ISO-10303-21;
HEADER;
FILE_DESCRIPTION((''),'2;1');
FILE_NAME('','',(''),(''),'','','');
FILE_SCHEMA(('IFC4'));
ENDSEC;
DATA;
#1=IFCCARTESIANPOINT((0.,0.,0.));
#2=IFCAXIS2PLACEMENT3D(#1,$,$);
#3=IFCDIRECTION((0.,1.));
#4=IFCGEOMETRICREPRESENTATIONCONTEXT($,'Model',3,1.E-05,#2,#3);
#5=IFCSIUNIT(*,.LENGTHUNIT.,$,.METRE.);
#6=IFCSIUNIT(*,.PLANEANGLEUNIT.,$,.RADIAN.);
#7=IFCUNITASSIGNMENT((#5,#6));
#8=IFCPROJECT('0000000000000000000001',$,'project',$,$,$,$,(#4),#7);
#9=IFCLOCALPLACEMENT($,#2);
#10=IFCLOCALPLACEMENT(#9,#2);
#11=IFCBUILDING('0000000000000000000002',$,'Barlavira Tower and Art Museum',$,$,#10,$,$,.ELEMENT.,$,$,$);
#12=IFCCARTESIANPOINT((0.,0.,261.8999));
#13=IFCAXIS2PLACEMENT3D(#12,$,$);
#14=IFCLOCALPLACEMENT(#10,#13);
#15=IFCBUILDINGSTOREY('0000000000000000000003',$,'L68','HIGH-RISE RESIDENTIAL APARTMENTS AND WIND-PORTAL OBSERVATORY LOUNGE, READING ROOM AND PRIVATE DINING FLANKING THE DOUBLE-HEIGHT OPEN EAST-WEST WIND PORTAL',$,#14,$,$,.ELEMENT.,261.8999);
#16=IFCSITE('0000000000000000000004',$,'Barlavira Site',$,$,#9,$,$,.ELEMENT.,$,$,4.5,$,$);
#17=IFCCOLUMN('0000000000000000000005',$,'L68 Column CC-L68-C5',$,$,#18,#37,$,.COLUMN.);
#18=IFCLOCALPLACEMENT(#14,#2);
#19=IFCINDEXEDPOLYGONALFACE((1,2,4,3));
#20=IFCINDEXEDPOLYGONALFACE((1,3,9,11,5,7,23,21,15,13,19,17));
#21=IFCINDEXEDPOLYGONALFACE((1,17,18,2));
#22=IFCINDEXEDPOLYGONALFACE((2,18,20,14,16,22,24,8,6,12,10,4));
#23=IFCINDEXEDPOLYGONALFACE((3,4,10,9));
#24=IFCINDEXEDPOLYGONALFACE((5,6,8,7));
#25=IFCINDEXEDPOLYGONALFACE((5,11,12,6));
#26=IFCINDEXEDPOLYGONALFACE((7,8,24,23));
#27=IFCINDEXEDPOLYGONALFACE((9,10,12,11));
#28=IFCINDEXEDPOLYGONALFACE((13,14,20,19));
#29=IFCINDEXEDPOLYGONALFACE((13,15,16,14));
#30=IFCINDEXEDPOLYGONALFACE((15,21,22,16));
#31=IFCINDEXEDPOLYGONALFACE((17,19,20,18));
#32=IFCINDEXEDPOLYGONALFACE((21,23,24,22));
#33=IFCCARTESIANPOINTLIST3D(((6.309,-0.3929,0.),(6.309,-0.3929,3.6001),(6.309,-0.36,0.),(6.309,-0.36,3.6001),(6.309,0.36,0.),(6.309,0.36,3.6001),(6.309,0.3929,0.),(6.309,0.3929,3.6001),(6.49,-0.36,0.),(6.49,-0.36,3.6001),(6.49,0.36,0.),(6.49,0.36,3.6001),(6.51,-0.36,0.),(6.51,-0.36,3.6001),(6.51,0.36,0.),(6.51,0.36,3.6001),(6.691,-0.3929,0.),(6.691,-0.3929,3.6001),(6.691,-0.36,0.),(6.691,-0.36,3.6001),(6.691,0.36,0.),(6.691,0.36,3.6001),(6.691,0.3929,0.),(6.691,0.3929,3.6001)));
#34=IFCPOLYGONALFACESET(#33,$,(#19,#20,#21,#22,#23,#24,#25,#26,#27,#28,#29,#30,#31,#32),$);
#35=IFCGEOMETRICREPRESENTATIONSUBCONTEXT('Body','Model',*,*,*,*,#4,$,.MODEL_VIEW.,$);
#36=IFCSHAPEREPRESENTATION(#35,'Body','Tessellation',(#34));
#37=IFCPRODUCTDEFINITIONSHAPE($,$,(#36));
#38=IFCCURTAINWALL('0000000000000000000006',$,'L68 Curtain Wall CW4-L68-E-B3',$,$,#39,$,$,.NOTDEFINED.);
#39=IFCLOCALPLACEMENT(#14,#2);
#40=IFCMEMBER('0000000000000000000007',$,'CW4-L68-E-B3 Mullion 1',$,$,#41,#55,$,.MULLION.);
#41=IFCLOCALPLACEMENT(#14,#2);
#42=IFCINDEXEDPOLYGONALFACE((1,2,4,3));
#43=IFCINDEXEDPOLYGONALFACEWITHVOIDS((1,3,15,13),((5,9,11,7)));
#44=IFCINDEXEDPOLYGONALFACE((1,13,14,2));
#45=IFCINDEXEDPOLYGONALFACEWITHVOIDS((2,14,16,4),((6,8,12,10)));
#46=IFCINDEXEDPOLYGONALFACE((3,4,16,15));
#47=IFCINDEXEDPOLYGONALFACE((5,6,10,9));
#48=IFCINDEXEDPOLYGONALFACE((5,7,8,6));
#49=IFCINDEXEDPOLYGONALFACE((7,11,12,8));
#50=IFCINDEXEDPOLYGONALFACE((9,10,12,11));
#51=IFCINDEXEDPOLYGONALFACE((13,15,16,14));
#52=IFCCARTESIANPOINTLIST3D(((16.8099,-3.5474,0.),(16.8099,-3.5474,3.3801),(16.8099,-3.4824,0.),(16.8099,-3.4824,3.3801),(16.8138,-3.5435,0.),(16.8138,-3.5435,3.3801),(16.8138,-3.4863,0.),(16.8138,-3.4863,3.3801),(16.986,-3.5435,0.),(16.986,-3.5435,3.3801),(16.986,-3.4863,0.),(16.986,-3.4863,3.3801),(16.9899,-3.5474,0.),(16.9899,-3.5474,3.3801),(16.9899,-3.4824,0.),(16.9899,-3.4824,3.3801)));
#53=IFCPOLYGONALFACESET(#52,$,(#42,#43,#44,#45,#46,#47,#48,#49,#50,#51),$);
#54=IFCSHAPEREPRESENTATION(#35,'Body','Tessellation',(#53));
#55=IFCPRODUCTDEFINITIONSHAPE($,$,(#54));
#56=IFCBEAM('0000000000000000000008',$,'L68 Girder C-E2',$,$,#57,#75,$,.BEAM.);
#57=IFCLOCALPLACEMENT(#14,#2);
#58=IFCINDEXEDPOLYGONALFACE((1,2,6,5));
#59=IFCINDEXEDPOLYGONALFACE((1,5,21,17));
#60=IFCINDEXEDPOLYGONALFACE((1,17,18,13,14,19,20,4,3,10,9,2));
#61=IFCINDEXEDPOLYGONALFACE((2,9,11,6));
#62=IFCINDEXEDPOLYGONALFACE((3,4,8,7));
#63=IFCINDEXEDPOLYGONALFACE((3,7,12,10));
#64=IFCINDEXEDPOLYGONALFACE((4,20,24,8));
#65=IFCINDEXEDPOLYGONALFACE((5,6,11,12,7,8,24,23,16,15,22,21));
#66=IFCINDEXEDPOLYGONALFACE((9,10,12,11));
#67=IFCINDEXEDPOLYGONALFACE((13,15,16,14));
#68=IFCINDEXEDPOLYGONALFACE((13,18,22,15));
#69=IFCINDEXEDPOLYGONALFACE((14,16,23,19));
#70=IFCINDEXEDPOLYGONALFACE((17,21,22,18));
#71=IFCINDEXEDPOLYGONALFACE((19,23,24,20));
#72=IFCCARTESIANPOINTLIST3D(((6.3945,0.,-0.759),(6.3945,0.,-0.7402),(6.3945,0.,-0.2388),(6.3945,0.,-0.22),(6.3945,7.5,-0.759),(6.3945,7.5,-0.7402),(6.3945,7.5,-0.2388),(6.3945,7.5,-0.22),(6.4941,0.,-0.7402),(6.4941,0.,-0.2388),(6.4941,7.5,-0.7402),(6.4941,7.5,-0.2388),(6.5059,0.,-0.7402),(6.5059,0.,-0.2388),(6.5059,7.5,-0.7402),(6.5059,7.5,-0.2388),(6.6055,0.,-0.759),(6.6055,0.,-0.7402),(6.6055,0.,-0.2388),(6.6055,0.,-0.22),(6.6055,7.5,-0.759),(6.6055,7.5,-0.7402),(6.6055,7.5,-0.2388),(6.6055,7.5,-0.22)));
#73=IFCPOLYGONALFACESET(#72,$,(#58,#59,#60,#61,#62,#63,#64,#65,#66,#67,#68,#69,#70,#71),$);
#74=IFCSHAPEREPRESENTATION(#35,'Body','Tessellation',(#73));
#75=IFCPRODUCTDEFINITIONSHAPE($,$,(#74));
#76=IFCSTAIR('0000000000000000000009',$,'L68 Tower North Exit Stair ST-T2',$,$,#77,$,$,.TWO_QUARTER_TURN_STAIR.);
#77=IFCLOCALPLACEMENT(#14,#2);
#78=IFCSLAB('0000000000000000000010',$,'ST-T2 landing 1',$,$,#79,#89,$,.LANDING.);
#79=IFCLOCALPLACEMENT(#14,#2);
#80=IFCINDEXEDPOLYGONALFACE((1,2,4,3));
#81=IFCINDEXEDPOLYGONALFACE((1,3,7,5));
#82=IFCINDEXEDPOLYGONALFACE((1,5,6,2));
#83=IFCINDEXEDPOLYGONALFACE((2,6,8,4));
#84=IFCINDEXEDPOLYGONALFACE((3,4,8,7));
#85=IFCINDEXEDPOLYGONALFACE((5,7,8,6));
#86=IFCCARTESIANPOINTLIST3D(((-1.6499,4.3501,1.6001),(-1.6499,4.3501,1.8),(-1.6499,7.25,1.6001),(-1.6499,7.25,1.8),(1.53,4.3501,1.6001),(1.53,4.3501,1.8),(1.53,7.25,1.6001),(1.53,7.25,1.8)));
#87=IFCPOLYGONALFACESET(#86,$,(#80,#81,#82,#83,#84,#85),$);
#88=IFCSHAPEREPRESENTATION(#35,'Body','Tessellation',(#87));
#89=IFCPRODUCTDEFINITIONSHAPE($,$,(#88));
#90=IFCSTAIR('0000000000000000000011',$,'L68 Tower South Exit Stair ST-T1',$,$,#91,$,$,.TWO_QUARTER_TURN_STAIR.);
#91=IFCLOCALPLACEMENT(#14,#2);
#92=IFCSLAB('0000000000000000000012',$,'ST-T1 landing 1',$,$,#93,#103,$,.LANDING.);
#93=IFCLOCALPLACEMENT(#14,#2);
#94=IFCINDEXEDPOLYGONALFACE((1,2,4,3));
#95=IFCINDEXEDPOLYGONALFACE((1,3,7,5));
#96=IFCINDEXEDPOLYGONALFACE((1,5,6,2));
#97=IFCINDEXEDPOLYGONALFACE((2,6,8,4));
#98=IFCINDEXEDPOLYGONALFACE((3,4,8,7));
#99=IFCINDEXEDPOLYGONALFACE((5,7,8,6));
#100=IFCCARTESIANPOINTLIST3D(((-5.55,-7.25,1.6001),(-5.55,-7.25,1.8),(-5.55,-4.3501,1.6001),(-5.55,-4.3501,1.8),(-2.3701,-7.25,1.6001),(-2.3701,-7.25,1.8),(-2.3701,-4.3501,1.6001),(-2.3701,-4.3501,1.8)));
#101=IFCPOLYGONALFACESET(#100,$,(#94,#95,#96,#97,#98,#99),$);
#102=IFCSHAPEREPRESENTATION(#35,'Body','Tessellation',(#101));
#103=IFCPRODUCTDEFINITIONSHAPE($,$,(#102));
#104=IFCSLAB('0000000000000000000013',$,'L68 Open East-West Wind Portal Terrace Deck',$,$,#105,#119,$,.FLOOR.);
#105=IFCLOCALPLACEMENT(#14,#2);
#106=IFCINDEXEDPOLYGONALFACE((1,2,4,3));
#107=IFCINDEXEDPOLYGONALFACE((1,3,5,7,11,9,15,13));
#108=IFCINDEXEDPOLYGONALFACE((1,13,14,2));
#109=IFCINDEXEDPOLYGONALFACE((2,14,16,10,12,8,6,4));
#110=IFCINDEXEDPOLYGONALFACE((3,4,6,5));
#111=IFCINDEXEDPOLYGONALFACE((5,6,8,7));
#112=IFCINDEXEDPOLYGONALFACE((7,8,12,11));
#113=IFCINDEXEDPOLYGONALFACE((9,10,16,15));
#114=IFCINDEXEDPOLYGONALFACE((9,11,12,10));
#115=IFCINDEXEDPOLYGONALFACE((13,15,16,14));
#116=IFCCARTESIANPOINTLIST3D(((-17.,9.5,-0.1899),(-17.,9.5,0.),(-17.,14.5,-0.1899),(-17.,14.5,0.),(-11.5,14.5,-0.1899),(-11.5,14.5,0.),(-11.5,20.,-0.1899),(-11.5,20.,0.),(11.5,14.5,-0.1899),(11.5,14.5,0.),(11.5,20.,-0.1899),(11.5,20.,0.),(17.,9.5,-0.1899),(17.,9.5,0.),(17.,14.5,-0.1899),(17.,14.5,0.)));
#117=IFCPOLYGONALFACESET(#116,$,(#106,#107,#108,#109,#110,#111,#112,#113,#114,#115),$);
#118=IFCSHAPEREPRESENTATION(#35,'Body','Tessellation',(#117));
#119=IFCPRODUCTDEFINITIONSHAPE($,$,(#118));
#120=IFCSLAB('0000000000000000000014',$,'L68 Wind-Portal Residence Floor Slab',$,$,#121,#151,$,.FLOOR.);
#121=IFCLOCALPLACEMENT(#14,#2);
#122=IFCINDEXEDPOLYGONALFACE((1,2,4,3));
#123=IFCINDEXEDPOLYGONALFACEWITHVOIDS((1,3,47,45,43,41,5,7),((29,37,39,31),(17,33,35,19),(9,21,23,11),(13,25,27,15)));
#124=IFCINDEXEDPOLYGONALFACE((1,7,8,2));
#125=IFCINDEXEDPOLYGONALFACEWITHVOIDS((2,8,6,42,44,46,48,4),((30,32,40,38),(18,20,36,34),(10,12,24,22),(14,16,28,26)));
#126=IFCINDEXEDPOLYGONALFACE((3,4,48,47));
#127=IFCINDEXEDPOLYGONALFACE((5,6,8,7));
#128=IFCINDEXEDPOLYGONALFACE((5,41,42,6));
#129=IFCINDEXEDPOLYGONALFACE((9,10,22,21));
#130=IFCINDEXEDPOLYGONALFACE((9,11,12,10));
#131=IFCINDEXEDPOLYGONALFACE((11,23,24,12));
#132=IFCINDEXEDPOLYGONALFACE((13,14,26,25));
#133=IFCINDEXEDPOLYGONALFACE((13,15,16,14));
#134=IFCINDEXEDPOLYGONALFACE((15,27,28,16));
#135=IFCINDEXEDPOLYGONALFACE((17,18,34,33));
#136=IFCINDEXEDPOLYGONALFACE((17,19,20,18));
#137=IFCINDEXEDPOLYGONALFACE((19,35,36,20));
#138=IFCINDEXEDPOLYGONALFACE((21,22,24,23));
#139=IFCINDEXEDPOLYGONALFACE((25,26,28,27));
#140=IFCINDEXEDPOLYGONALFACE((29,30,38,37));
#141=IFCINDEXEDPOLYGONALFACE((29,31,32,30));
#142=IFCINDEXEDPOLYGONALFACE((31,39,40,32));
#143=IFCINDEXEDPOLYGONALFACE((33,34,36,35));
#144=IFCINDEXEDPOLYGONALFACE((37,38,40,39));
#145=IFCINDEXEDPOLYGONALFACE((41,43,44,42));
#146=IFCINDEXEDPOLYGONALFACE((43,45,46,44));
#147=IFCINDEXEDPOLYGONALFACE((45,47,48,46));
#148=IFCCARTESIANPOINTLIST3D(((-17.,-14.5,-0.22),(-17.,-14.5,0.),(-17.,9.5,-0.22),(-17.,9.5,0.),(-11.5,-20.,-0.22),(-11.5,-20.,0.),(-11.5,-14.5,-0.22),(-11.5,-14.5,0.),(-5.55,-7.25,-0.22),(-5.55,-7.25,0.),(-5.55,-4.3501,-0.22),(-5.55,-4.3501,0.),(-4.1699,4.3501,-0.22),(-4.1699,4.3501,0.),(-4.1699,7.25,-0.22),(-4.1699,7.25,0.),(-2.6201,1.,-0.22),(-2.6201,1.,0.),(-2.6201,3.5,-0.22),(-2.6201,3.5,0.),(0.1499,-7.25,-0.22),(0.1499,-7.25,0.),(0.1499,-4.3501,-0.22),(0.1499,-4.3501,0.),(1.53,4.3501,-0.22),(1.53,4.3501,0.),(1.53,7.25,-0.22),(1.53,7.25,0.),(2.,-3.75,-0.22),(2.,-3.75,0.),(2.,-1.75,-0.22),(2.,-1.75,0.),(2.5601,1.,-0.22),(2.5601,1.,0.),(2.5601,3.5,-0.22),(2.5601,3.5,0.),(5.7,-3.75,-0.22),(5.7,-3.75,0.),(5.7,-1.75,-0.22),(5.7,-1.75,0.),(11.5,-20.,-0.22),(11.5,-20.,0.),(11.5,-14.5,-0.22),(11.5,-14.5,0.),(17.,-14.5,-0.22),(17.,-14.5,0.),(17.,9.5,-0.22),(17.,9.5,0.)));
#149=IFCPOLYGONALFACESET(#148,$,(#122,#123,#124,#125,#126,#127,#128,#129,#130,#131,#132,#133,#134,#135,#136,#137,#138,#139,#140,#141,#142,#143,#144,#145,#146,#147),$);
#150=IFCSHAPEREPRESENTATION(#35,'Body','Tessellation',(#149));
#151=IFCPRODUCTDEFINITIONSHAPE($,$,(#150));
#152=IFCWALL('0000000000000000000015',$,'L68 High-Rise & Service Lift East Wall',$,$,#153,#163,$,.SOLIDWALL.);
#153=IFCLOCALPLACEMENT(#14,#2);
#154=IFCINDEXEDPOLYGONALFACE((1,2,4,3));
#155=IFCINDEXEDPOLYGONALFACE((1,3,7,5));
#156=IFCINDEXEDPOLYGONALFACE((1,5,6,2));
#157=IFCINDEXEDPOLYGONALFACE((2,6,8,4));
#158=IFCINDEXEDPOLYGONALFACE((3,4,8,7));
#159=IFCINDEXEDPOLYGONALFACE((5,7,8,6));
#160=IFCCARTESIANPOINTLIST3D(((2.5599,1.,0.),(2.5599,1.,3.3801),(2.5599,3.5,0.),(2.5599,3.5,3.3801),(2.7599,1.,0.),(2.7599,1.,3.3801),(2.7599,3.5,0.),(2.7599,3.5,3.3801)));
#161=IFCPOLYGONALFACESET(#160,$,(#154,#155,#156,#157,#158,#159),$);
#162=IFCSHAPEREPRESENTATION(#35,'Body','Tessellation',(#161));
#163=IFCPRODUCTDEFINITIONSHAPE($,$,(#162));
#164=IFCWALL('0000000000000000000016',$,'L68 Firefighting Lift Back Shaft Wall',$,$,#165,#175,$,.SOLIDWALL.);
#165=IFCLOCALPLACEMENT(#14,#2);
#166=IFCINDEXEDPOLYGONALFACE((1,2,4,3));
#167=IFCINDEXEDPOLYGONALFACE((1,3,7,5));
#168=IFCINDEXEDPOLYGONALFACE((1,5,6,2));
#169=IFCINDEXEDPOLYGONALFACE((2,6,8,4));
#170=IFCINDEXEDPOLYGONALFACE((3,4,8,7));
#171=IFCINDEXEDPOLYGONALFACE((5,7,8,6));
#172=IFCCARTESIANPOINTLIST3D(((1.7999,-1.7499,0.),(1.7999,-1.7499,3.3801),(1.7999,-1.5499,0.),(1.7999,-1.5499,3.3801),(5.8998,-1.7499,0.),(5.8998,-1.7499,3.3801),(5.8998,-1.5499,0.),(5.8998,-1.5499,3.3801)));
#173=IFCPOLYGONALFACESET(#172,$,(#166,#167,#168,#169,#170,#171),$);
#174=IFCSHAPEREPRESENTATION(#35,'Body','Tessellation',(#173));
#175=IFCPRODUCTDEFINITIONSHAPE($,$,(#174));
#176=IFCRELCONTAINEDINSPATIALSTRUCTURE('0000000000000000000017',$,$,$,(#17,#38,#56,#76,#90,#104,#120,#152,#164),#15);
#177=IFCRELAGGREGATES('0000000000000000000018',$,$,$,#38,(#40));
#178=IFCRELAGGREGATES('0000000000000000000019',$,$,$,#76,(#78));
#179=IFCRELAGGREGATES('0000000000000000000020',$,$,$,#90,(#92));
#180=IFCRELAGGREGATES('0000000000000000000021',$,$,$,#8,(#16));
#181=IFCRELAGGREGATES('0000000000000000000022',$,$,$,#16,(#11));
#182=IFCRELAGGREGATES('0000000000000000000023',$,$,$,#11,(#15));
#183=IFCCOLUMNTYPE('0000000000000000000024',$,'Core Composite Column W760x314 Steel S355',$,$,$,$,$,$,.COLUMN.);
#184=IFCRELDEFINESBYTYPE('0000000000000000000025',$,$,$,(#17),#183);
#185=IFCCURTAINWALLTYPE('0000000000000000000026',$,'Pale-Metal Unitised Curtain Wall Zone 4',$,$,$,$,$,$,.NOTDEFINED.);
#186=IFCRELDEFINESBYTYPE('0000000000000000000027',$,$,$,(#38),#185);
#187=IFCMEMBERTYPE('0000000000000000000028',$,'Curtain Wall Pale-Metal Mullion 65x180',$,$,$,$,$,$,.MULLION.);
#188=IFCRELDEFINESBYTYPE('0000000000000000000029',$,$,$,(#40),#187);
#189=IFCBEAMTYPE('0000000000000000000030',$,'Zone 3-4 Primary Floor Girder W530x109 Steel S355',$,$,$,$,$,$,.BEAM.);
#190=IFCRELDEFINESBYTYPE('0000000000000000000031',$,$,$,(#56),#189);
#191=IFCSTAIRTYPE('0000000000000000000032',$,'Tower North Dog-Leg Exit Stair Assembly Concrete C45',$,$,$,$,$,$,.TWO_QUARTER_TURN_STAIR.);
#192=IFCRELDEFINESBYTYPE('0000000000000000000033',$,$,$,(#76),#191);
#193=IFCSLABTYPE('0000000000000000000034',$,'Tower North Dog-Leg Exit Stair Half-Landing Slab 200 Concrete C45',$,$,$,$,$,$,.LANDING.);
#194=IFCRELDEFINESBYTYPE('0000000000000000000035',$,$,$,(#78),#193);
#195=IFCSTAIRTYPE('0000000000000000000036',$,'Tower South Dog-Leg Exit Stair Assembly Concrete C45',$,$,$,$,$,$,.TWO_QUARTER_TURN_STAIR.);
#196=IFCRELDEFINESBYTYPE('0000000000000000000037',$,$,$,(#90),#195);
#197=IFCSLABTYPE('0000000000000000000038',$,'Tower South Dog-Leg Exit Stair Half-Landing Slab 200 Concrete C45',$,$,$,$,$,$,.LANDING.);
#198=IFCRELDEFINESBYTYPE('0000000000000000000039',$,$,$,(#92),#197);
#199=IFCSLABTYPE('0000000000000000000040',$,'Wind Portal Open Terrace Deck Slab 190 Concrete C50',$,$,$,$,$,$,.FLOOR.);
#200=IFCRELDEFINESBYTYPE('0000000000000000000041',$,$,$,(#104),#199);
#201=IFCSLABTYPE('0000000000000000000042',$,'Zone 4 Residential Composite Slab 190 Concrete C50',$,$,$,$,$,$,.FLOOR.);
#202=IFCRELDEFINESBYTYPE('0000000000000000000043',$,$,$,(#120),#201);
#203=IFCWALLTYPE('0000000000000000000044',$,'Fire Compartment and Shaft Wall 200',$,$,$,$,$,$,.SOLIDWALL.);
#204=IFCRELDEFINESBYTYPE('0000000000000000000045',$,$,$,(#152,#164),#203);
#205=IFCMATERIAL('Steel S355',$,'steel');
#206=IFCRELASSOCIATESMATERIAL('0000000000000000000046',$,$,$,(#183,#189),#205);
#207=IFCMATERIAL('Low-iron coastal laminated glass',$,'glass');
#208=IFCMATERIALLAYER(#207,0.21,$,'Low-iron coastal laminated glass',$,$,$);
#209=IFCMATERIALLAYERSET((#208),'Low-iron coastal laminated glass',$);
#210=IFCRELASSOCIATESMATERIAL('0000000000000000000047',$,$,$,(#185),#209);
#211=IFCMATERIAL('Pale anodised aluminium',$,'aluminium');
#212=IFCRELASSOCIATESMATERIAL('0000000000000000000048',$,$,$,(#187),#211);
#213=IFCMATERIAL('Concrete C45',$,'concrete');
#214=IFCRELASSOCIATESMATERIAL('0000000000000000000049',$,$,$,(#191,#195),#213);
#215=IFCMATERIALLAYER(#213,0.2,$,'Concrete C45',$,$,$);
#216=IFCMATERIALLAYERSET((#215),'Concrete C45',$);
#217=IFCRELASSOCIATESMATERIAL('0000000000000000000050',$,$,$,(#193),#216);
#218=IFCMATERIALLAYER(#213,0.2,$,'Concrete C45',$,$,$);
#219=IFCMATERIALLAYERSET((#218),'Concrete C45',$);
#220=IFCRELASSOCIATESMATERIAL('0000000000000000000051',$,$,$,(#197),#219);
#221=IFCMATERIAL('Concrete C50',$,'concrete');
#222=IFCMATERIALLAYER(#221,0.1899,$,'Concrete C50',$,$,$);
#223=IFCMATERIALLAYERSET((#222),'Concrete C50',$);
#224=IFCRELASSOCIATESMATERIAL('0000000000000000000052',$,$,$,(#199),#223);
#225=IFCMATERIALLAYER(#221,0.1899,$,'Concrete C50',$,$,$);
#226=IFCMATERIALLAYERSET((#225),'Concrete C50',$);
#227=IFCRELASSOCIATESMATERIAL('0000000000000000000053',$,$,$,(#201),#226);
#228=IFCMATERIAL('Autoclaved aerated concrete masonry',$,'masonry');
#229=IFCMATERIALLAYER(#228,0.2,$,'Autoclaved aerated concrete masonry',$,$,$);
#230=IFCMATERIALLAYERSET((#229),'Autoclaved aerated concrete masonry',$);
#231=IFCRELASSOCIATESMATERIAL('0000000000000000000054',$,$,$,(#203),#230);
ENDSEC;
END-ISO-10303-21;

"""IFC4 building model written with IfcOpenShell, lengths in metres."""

from ifc_helpers import new_model, si_unit, direction, frame, frame_2d, origin, origin_2d, place, context, subcontext, project, spatial, polyline, rectangle, hollow_rectangle, i_section, outline, extrude, material, layer, layer_set, material_profile, profile_set, type_object, element, aggregate, save


model = new_model("IFC4")

# Units and contexts
model_context = context("Model", 3, precision=1e-05, world=origin(), true_north=direction((0.0, 1.0)))
body_context = subcontext(model_context, "Body", "Model", "MODEL_VIEW")
ifc_project = project(units=[si_unit("LENGTHUNIT", "METRE"), si_unit("PLANEANGLEUNIT", "RADIAN")], contexts=[model_context])

# Site, building, storey
site_placement = place(None, origin())
site = spatial("IfcSite", under=ifc_project, at=site_placement, Name="Barlavira Site", CompositionType="ELEMENT", RefElevation=4.5)
building_placement = place(site_placement, origin())
building = spatial("IfcBuilding", under=site, at=building_placement, Name="Barlavira Tower and Art Museum", CompositionType="ELEMENT")
storey_placement = place(building_placement, frame((0.0, 0.0, 261.8999)))
storey = spatial("IfcBuildingStorey", under=building, at=storey_placement, Name="L68", Description="HIGH-RISE RESIDENTIAL APARTMENTS AND WIND-PORTAL OBSERVATORY LOUNGE, READING ROOM AND PRIVATE DINING FLANKING THE DOUBLE-HEIGHT OPEN EAST-WEST WIND PORTAL", CompositionType="ELEMENT", Elevation=261.8999)

# Column
ifc_material_1 = material(Name="Steel S355", Category="steel")
ifc_material_profile_1 = material_profile(ifc_material_1, i_section(OverallWidth=0.3821, OverallDepth=0.7859, WebThickness=0.02, FlangeThickness=0.033, at=origin_2d()), Name="W760x314.0")
ifc_profile_set_1 = profile_set([ifc_material_profile_1], Name="Steel S355")
column_type = type_object("IfcColumnType", Name="Core Composite Column W760x314 Steel S355", PredefinedType="COLUMN", material=ifc_profile_set_1)
column_placement = place(storey_placement, frame((6.5, 0.0, 0.0), z_axis=(0.0, 0.0, 1.0), x_axis=(1.0, 0.0, 0.0)))
element("IfcColumn", 1, at=column_placement, inside=storey, type_object=column_type, Name="L68 Column CC-L68-C5", PredefinedType="COLUMN", context=body_context, shape_type="SweptSolid", body=[
    extrude(i_section(OverallWidth=0.3821, OverallDepth=0.7859, WebThickness=0.02, FlangeThickness=0.033, at=origin_2d()), origin(), (0.0, 0.0, 1.0), 3.6001),
])

# Curtain wall, member
ifc_material_2 = material(Name="Low-iron coastal laminated glass", Category="glass")
ifc_layer_1 = layer(ifc_material_2, 0.21, Name="Low-iron coastal laminated glass")
ifc_layer_set_1 = layer_set([ifc_layer_1], Name="Low-iron coastal laminated glass")
curtain_wall_type = type_object("IfcCurtainWallType", Name="Pale-Metal Unitised Curtain Wall Zone 4", PredefinedType="NOTDEFINED", material=ifc_layer_set_1)
curtain_wall_placement = place(storey_placement, origin())
curtain_wall = element("IfcCurtainWall", 2, at=curtain_wall_placement, inside=storey, type_object=curtain_wall_type, Name="L68 Curtain Wall CW4-L68-E-B3", PredefinedType="NOTDEFINED")
ifc_material_3 = material(Name="Pale anodised aluminium", Category="aluminium")
ifc_material_profile_2 = material_profile(ifc_material_3, hollow_rectangle(XDim=0.0649, YDim=0.1799, WallThickness=0.0039, at=origin_2d()), Name="ALU-MULL 65x180x4")
ifc_profile_set_2 = profile_set([ifc_material_profile_2], Name="Pale anodised aluminium")
member_type = type_object("IfcMemberType", Name="Curtain Wall Pale-Metal Mullion 65x180", PredefinedType="MULLION", material=ifc_profile_set_2)
member_placement = place(storey_placement, frame((16.8999, -3.5149, 0.0), z_axis=(0.0, 0.0, 1.0), x_axis=(0.0, 1.0, 0.0)))
member = element("IfcMember", 3, at=member_placement, type_object=member_type, Name="CW4-L68-E-B3 Mullion 1", PredefinedType="MULLION", context=body_context, shape_type="SweptSolid", body=[
    extrude(hollow_rectangle(XDim=0.0649, YDim=0.1799, WallThickness=0.0039, at=origin_2d()), origin(), (0.0, 0.0, 1.0), 3.3801),
])
aggregate(curtain_wall, [member])

# Beam
ifc_material_profile_3 = material_profile(ifc_material_1, i_section(OverallWidth=0.2109, OverallDepth=0.5391, WebThickness=0.0117, FlangeThickness=0.0188, at=origin_2d()), Name="W530x109.0")
ifc_profile_set_3 = profile_set([ifc_material_profile_3], Name="Steel S355")
beam_type = type_object("IfcBeamType", Name="Zone 3-4 Primary Floor Girder W530x109 Steel S355", PredefinedType="BEAM", material=ifc_profile_set_3)
beam_placement = place(storey_placement, frame((6.5, 0.0, -0.4895), z_axis=(0.0, 1.0, 0.0), x_axis=(-1.0, 0.0, 0.0)))
element("IfcBeam", 4, at=beam_placement, inside=storey, type_object=beam_type, Name="L68 Girder C-E2", PredefinedType="BEAM", context=body_context, shape_type="SweptSolid", body=[
    extrude(i_section(OverallWidth=0.2109, OverallDepth=0.5391, WebThickness=0.0117, FlangeThickness=0.0188, at=origin_2d()), origin(), (0.0, 0.0, 1.0), 7.5),
])

# Stairs, slabs
ifc_material_4 = material(Name="Concrete C45", Category="concrete")
stair_type_1 = type_object("IfcStairType", Name="Tower North Dog-Leg Exit Stair Assembly Concrete C45", PredefinedType="TWO_QUARTER_TURN_STAIR", material=ifc_material_4)
stair_1_placement = place(storey_placement, origin())
stair_1 = element("IfcStair", 5, at=stair_1_placement, inside=storey, type_object=stair_type_1, Name="L68 Tower North Exit Stair ST-T2", PredefinedType="TWO_QUARTER_TURN_STAIR")
ifc_layer_2 = layer(ifc_material_4, 0.2, Name="Concrete C45")
ifc_layer_set_2 = layer_set([ifc_layer_2], Name="Concrete C45")
slab_type_1 = type_object("IfcSlabType", Name="Tower North Dog-Leg Exit Stair Half-Landing Slab 200 Concrete C45", PredefinedType="LANDING", material=ifc_layer_set_2)
slab_1_placement = place(storey_placement, frame((0.0, 0.0, 1.6001)))
slab_1 = element("IfcSlab", 6, at=slab_1_placement, type_object=slab_type_1, Name="ST-T2 landing 1", PredefinedType="LANDING", context=body_context, shape_type="SweptSolid", body=[
    extrude(outline(polyline([(-1.6499, 4.3501), (1.53, 4.3501), (1.53, 7.25), (-1.6499, 7.25), (-1.6499, 4.3501)])), origin(), (0.0, 0.0, 1.0), 0.2),
])
aggregate(stair_1, [slab_1])
stair_type_2 = type_object("IfcStairType", Name="Tower South Dog-Leg Exit Stair Assembly Concrete C45", PredefinedType="TWO_QUARTER_TURN_STAIR", material=ifc_material_4)
stair_2_placement = place(storey_placement, origin())
stair_2 = element("IfcStair", 7, at=stair_2_placement, inside=storey, type_object=stair_type_2, Name="L68 Tower South Exit Stair ST-T1", PredefinedType="TWO_QUARTER_TURN_STAIR")
ifc_layer_3 = layer(ifc_material_4, 0.2, Name="Concrete C45")
ifc_layer_set_3 = layer_set([ifc_layer_3], Name="Concrete C45")
slab_type_2 = type_object("IfcSlabType", Name="Tower South Dog-Leg Exit Stair Half-Landing Slab 200 Concrete C45", PredefinedType="LANDING", material=ifc_layer_set_3)
slab_2_placement = place(storey_placement, frame((0.0, 0.0, 1.6001)))
slab_2 = element("IfcSlab", 8, at=slab_2_placement, type_object=slab_type_2, Name="ST-T1 landing 1", PredefinedType="LANDING", context=body_context, shape_type="SweptSolid", body=[
    extrude(outline(polyline([(-2.3701, -4.3501), (-5.55, -4.3501), (-5.55, -7.25), (-2.3701, -7.25), (-2.3701, -4.3501)])), origin(), (0.0, 0.0, 1.0), 0.2),
])
aggregate(stair_2, [slab_2])

# Slabs
ifc_material_5 = material(Name="Concrete C50", Category="concrete")
ifc_layer_4 = layer(ifc_material_5, 0.1899, Name="Concrete C50")
ifc_layer_set_4 = layer_set([ifc_layer_4], Name="Concrete C50")
slab_type_3 = type_object("IfcSlabType", Name="Wind Portal Open Terrace Deck Slab 190 Concrete C50", PredefinedType="FLOOR", material=ifc_layer_set_4)
slab_3_placement = place(storey_placement, frame((0.0, 0.0, -0.1899)))
element("IfcSlab", 9, at=slab_3_placement, inside=storey, type_object=slab_type_3, Name="L68 Open East-West Wind Portal Terrace Deck", PredefinedType="FLOOR", context=body_context, shape_type="SweptSolid", body=[
    extrude(outline(polyline([(-17.0, 9.5), (17.0, 9.5), (17.0, 14.5), (11.5, 14.5), (11.5, 20.0), (-11.5, 20.0), (-11.5, 14.5), (-17.0, 14.5), (-17.0, 9.5)])), origin(), (0.0, 0.0, 1.0), 0.1899),
])
ifc_layer_5 = layer(ifc_material_5, 0.1899, Name="Concrete C50")
ifc_layer_set_5 = layer_set([ifc_layer_5], Name="Concrete C50")
slab_type_4 = type_object("IfcSlabType", Name="Zone 4 Residential Composite Slab 190 Concrete C50", PredefinedType="FLOOR", material=ifc_layer_set_5)
slab_4_placement = place(storey_placement, frame((0.0, 0.0, -0.22)))
element("IfcSlab", 10, at=slab_4_placement, inside=storey, type_object=slab_type_4, Name="L68 Wind-Portal Residence Floor Slab", PredefinedType="FLOOR", context=body_context, shape_type="SweptSolid", body=[
    extrude(outline(polyline([(-11.5, -20.0), (11.5, -20.0), (11.5, -14.5), (17.0, -14.5), (17.0, 9.5), (-17.0, 9.5), (-17.0, -14.5), (-11.5, -14.5), (-11.5, -20.0)]), holes=[polyline([(0.1499, -4.3501), (-5.55, -4.3501), (-5.55, -7.25), (0.1499, -7.25), (0.1499, -4.3501)]), polyline([(-4.1699, 4.3501), (1.53, 4.3501), (1.53, 7.25), (-4.1699, 7.25), (-4.1699, 4.3501)]), polyline([(-2.6201, 1.0), (2.5601, 1.0), (2.5601, 3.5), (-2.6201, 3.5), (-2.6201, 1.0)]), polyline([(2.0, -3.75), (5.7, -3.75), (5.7, -1.75), (2.0, -1.75), (2.0, -3.75)])]), origin(), (0.0, 0.0, 1.0), 0.22),
])

# Walls
ifc_material_6 = material(Name="Autoclaved aerated concrete masonry", Category="masonry")
ifc_layer_6 = layer(ifc_material_6, 0.2, Name="Autoclaved aerated concrete masonry")
ifc_layer_set_6 = layer_set([ifc_layer_6], Name="Autoclaved aerated concrete masonry")
wall_type_1 = type_object("IfcWallType", Name="Fire Compartment and Shaft Wall 200", PredefinedType="SOLIDWALL", material=ifc_layer_set_6)
wall_1_placement = place(storey_placement, frame((2.6599, 1.0, 0.0), z_axis=(0.0, 0.0, 1.0), x_axis=(0.0, 1.0, 0.0)))
element("IfcWall", 11, at=wall_1_placement, inside=storey, type_object=wall_type_1, Name="L68 High-Rise & Service Lift East Wall", PredefinedType="SOLIDWALL", context=body_context, shape_type="SweptSolid", body=[
    extrude(rectangle(XDim=2.5, YDim=0.2, at=frame_2d((1.25, 0.0))), origin(), (0.0, 0.0, 1.0), 3.3801),
])
wall_2_placement = place(storey_placement, frame((1.8, -1.6499, 0.0), z_axis=(0.0, 0.0, 1.0), x_axis=(1.0, 0.0, 0.0)))
element("IfcWall", 12, at=wall_2_placement, inside=storey, type_object=wall_type_1, Name="L68 Firefighting Lift Back Shaft Wall", PredefinedType="SOLIDWALL", context=body_context, shape_type="SweptSolid", body=[
    extrude(rectangle(XDim=4.0999, YDim=0.2, at=frame_2d((2.0498, 0.0))), origin(), (0.0, 0.0, 1.0), 3.3801),
])

save(model, "model.ifc")
